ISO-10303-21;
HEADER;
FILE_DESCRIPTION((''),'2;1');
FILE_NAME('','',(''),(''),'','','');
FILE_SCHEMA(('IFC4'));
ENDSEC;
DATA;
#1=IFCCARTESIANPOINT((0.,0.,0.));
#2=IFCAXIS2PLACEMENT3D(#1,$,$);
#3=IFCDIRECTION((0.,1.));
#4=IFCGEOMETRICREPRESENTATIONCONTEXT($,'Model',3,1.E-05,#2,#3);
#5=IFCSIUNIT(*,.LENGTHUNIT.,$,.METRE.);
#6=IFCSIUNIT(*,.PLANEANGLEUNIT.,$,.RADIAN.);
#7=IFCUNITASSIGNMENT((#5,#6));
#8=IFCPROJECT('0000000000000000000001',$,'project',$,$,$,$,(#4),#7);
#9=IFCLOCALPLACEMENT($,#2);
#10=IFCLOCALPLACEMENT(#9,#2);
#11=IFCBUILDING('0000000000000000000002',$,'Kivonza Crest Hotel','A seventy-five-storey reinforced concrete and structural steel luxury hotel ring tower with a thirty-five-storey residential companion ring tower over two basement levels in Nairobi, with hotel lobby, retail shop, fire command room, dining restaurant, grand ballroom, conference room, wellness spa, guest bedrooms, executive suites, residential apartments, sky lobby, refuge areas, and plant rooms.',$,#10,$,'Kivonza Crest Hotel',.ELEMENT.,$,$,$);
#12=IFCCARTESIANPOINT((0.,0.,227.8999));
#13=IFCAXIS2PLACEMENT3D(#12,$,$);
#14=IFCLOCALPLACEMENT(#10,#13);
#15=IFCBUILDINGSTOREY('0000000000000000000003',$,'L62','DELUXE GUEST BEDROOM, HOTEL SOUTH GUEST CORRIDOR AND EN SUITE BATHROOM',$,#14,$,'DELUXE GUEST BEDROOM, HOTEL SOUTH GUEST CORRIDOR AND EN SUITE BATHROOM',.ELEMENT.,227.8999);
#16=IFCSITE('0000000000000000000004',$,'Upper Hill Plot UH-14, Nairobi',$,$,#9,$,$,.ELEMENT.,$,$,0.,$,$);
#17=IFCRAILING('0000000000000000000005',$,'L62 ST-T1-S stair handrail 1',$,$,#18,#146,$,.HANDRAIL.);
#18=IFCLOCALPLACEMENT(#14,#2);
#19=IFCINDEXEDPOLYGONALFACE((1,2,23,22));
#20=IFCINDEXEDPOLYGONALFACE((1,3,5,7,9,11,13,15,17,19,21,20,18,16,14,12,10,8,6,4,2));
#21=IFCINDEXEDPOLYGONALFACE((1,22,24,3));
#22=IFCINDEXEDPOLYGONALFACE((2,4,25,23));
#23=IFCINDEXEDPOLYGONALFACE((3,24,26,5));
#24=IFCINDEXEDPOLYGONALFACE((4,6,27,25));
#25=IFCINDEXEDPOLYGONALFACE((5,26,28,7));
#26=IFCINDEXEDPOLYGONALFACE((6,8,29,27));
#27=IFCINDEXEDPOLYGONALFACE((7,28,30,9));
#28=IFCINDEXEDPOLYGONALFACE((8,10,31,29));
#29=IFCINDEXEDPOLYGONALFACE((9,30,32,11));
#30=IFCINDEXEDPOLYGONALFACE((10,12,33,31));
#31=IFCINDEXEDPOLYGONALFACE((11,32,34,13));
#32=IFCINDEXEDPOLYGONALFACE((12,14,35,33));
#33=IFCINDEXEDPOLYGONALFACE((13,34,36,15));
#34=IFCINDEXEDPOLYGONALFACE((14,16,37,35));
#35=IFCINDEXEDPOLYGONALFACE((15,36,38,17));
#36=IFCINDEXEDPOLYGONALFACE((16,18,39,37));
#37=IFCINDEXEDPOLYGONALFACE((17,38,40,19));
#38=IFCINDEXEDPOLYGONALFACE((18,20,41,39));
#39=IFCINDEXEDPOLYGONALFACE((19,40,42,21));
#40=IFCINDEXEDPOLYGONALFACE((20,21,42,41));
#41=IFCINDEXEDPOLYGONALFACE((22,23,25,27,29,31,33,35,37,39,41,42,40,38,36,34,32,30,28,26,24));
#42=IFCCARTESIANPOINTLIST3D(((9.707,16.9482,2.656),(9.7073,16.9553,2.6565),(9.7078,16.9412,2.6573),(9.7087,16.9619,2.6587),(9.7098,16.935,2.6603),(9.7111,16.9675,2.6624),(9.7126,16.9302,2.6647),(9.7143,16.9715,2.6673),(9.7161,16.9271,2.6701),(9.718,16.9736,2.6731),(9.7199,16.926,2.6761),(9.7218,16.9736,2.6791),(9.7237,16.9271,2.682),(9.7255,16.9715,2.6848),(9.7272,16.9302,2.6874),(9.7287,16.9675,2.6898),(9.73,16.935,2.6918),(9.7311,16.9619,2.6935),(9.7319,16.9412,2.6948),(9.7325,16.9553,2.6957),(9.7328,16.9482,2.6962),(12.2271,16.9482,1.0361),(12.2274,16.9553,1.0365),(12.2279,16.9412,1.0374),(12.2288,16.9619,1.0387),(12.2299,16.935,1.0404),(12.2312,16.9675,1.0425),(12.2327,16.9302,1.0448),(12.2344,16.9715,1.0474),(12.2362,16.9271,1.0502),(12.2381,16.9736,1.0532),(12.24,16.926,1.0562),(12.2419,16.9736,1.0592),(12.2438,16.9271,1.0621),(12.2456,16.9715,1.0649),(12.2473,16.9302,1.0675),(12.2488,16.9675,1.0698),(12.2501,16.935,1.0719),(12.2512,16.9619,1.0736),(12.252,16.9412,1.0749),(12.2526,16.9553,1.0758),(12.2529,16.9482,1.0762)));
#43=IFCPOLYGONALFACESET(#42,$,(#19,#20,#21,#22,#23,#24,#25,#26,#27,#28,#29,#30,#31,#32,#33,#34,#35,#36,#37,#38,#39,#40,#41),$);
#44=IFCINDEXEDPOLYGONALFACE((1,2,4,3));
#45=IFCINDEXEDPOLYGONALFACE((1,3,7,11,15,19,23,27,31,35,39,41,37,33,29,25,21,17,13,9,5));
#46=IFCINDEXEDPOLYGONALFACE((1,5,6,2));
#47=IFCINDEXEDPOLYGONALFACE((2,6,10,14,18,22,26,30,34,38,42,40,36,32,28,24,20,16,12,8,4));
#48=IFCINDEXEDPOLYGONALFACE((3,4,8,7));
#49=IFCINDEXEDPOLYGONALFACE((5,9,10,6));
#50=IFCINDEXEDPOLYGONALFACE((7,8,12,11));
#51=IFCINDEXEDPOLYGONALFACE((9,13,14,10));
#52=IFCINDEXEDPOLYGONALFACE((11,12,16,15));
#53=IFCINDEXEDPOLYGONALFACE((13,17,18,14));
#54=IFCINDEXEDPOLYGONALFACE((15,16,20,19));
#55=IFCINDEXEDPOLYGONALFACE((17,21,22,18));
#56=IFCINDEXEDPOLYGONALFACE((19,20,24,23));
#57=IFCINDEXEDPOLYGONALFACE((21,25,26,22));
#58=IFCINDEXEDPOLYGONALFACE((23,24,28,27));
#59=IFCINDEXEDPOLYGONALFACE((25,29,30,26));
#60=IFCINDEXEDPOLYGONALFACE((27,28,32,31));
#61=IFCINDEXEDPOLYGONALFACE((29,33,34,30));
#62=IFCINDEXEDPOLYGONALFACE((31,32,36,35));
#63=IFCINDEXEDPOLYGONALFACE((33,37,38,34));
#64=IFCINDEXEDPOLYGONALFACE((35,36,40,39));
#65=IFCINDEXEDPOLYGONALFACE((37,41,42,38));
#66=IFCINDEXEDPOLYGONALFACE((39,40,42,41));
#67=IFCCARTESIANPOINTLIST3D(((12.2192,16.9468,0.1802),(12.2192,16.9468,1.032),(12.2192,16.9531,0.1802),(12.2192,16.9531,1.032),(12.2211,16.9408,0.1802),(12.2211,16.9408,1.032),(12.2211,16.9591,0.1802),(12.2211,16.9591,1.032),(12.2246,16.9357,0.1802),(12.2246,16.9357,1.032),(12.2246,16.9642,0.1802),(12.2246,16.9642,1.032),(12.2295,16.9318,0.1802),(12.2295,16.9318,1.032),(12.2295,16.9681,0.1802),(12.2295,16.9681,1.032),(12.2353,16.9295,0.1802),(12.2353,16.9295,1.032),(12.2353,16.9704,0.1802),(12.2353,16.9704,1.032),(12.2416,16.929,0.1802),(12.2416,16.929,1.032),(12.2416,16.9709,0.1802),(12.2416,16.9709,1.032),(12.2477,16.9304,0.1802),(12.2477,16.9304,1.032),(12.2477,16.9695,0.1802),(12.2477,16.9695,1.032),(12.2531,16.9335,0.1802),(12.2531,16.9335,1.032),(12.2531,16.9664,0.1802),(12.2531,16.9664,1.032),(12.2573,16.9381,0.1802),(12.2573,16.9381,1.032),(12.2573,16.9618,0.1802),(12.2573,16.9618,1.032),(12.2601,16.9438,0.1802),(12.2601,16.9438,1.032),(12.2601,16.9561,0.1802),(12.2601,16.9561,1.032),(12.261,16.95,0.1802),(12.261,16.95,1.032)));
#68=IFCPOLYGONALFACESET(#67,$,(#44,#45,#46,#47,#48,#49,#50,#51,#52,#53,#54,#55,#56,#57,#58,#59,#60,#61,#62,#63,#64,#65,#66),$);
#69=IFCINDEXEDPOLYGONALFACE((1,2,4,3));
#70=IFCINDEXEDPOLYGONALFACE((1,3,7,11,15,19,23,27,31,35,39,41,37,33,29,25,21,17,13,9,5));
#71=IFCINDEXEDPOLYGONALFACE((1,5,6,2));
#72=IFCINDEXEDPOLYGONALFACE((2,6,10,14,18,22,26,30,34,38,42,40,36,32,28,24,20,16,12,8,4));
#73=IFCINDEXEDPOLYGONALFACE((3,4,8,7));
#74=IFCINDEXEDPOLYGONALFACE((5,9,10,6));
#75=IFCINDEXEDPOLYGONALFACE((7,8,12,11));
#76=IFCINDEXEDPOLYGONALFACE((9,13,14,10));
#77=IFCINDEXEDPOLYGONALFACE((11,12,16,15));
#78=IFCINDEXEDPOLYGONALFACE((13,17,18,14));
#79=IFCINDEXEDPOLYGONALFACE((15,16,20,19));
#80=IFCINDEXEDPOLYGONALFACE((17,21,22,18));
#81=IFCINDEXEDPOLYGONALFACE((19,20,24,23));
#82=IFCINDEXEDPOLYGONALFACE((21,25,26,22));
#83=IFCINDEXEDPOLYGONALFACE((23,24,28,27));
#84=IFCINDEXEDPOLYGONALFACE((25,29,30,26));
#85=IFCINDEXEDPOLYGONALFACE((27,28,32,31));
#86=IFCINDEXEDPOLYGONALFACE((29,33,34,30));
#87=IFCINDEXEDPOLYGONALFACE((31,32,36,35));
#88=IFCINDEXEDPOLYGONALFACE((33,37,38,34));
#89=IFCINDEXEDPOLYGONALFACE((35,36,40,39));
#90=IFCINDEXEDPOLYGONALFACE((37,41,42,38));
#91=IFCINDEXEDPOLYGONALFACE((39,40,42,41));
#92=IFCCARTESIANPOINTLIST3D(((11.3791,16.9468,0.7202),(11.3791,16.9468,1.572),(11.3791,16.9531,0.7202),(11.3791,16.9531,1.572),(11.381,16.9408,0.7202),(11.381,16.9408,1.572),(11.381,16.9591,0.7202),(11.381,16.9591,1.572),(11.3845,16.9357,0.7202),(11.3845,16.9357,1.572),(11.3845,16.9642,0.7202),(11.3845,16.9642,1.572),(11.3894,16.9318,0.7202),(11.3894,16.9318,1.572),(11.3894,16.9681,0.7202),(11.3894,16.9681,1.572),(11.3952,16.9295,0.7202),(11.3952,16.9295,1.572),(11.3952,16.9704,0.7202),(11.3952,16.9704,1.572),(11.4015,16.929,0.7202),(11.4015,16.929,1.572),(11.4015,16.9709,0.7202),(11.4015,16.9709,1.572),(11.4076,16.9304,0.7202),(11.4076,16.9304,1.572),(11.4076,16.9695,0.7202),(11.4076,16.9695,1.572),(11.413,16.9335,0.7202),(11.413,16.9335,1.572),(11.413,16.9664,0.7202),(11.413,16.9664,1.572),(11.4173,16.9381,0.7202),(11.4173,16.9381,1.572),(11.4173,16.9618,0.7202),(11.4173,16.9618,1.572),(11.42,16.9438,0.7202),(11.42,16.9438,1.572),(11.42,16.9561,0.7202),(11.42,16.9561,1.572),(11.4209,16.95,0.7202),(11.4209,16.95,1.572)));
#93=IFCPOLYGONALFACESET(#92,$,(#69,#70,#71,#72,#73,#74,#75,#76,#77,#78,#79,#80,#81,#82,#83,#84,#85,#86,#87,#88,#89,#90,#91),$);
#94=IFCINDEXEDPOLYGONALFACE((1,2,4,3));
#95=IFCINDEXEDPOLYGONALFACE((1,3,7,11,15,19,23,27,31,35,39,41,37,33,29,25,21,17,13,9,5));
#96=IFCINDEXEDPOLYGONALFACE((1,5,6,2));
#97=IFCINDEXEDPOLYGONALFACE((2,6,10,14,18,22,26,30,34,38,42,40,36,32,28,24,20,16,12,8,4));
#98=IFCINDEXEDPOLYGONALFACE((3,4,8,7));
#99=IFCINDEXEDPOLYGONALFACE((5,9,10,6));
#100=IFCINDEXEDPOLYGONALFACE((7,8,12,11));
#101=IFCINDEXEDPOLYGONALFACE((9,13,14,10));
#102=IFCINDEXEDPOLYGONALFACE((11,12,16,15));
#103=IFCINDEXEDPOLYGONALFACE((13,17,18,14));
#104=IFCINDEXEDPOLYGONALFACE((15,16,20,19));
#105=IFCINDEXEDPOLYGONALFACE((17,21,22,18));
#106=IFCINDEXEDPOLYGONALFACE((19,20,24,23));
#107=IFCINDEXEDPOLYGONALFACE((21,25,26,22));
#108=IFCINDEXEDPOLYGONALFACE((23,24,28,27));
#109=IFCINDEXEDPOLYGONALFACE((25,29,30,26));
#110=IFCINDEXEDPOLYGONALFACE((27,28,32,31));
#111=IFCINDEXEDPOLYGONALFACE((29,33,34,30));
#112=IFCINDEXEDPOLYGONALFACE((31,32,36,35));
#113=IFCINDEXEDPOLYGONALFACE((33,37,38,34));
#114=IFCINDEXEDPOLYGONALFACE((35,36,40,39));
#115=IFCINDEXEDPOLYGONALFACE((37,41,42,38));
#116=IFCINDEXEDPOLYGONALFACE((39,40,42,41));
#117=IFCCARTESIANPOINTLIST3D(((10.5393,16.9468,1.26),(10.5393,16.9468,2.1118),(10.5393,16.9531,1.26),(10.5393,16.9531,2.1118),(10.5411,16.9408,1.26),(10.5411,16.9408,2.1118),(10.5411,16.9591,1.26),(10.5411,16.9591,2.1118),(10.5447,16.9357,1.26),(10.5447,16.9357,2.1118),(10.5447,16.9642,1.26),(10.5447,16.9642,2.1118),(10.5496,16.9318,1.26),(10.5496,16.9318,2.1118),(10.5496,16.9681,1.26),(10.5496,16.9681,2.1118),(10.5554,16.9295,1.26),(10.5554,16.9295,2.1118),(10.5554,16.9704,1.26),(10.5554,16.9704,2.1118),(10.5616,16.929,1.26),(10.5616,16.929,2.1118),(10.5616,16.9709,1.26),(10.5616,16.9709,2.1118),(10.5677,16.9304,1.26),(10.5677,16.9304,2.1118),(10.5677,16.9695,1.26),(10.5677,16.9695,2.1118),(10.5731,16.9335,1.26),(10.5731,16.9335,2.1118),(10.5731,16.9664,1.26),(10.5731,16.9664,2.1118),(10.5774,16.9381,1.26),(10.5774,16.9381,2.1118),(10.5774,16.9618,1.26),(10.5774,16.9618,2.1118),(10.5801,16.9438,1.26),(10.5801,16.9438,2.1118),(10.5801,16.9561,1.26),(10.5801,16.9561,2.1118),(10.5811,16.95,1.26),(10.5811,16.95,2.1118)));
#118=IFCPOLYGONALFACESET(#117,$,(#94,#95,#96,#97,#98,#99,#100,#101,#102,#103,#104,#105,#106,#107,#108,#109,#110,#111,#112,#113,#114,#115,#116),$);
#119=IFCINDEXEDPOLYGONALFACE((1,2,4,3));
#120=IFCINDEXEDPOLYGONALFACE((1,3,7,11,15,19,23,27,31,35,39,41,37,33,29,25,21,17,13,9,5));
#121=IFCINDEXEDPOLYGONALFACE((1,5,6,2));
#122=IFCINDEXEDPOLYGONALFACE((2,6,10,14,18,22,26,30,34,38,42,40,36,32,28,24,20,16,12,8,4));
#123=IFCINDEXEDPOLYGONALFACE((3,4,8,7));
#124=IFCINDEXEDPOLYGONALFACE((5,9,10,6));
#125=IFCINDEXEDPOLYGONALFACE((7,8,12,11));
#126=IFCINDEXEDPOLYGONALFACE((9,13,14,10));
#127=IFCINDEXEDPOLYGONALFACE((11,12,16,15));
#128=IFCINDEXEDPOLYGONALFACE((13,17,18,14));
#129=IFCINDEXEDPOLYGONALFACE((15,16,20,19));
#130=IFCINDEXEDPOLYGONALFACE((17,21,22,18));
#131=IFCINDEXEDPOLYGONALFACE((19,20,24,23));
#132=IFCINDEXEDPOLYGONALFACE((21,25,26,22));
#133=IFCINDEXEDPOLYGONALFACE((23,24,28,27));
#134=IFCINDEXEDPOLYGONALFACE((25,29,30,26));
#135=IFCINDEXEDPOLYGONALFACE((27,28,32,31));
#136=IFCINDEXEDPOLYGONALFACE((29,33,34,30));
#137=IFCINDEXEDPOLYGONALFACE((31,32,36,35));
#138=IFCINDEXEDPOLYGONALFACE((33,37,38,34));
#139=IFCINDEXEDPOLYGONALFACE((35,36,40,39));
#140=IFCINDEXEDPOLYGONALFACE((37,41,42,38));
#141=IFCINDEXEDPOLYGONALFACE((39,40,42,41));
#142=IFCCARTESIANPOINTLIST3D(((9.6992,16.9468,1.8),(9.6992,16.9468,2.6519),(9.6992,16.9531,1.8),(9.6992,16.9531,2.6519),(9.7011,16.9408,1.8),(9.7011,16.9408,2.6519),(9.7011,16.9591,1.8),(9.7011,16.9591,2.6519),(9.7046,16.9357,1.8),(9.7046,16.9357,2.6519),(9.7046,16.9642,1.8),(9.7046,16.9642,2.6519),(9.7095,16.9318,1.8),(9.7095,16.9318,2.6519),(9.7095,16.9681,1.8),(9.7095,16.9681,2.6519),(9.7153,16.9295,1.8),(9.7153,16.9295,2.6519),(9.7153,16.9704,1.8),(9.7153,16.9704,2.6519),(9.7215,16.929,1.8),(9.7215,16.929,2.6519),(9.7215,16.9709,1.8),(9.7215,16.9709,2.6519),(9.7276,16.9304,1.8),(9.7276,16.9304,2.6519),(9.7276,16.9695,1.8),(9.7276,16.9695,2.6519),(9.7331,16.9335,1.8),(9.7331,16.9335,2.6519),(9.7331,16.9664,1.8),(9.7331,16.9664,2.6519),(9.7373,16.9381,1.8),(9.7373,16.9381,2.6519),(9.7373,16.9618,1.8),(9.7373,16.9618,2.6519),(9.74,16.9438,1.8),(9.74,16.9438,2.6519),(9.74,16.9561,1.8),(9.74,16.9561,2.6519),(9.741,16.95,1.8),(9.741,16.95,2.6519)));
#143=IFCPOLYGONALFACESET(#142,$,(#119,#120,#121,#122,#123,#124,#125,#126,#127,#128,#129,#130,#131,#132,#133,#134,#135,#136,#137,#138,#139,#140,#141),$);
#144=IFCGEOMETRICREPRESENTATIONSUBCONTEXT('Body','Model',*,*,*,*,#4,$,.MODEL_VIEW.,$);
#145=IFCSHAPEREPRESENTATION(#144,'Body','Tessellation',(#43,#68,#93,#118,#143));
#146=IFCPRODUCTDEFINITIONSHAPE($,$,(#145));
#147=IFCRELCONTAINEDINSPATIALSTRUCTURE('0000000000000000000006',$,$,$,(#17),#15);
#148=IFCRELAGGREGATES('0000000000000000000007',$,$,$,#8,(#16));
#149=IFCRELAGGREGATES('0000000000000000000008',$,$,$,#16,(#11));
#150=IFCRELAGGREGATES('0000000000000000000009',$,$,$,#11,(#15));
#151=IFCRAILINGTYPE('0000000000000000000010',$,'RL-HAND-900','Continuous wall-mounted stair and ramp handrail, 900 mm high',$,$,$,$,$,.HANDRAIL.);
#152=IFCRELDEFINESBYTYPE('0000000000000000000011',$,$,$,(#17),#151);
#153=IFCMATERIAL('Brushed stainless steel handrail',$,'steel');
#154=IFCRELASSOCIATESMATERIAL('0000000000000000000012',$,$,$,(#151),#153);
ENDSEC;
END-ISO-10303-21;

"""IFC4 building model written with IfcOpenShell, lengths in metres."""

from ifc_helpers import new_model, si_unit, direction, frame, origin, origin_2d, place, context, subcontext, project, spatial, circle, extrude, material, type_object, element, save


model = new_model("IFC4")

# Units and contexts
model_context = context("Model", 3, precision=1e-05, world=origin(), true_north=direction((0.0, 1.0)))
body_context = subcontext(model_context, "Body", "Model", "MODEL_VIEW")
ifc_project = project(units=[si_unit("LENGTHUNIT", "METRE"), si_unit("PLANEANGLEUNIT", "RADIAN")], contexts=[model_context])

# Site, building, storey
site_placement = place(None, origin())
site = spatial("IfcSite", under=ifc_project, at=site_placement, Name="Upper Hill Plot UH-14, Nairobi", CompositionType="ELEMENT", RefElevation=0.0)
building_placement = place(site_placement, origin())
building = spatial("IfcBuilding", under=site, at=building_placement, Name="Kivonza Crest Hotel", Description="A seventy-five-storey reinforced concrete and structural steel luxury hotel ring tower with a thirty-five-storey residential companion ring tower over two basement levels in Nairobi, with hotel lobby, retail shop, fire command room, dining restaurant, grand ballroom, conference room, wellness spa, guest bedrooms, executive suites, residential apartments, sky lobby, refuge areas, and plant rooms.", LongName="Kivonza Crest Hotel", CompositionType="ELEMENT")
storey_placement = place(building_placement, frame((0.0, 0.0, 227.8999)))
storey = spatial("IfcBuildingStorey", under=building, at=storey_placement, Name="L62", Description="DELUXE GUEST BEDROOM, HOTEL SOUTH GUEST CORRIDOR AND EN SUITE BATHROOM", LongName="DELUXE GUEST BEDROOM, HOTEL SOUTH GUEST CORRIDOR AND EN SUITE BATHROOM", CompositionType="ELEMENT", Elevation=227.8999)

# Railing
ifc_material_1 = material(Name="Brushed stainless steel handrail", Category="steel")
railing_type_1 = type_object("IfcRailingType", Name="RL-HAND-900", Description="Continuous wall-mounted stair and ramp handrail, 900 mm high", PredefinedType="HANDRAIL", material=ifc_material_1)
railing_1_placement = place(storey_placement, frame((12.24, 16.95, 0.1802)))
element("IfcRailing", 1, at=railing_1_placement, inside=storey, type_object=railing_type_1, Name="L62 ST-T1-S stair handrail 1", PredefinedType="HANDRAIL", context=body_context, shape_type="SweptSolid", body=[
    extrude(circle(Radius=0.0239, at=origin_2d()), frame((0.0, 0.0, 0.876), z_axis=(-0.8412, 0.0, 0.540725), x_axis=(0.0, -1.0, 0.0)), (0.0, 0.0, 1.0), 2.9958),
    extrude(circle(Radius=0.021, at=origin_2d()), origin(), (0.0, 0.0, 1.0), 0.8518),
    extrude(circle(Radius=0.021, at=origin_2d()), frame((-0.8401, 0.0, 0.54)), (0.0, 0.0, 1.0), 0.8518),
    extrude(circle(Radius=0.021, at=origin_2d()), frame((-1.6799, 0.0, 1.0798)), (0.0, 0.0, 1.0), 0.8518),
    extrude(circle(Radius=0.021, at=origin_2d()), frame((-2.52, 0.0, 1.6199)), (0.0, 0.0, 1.0), 0.8518),
])

save(model, "model.ifc")
